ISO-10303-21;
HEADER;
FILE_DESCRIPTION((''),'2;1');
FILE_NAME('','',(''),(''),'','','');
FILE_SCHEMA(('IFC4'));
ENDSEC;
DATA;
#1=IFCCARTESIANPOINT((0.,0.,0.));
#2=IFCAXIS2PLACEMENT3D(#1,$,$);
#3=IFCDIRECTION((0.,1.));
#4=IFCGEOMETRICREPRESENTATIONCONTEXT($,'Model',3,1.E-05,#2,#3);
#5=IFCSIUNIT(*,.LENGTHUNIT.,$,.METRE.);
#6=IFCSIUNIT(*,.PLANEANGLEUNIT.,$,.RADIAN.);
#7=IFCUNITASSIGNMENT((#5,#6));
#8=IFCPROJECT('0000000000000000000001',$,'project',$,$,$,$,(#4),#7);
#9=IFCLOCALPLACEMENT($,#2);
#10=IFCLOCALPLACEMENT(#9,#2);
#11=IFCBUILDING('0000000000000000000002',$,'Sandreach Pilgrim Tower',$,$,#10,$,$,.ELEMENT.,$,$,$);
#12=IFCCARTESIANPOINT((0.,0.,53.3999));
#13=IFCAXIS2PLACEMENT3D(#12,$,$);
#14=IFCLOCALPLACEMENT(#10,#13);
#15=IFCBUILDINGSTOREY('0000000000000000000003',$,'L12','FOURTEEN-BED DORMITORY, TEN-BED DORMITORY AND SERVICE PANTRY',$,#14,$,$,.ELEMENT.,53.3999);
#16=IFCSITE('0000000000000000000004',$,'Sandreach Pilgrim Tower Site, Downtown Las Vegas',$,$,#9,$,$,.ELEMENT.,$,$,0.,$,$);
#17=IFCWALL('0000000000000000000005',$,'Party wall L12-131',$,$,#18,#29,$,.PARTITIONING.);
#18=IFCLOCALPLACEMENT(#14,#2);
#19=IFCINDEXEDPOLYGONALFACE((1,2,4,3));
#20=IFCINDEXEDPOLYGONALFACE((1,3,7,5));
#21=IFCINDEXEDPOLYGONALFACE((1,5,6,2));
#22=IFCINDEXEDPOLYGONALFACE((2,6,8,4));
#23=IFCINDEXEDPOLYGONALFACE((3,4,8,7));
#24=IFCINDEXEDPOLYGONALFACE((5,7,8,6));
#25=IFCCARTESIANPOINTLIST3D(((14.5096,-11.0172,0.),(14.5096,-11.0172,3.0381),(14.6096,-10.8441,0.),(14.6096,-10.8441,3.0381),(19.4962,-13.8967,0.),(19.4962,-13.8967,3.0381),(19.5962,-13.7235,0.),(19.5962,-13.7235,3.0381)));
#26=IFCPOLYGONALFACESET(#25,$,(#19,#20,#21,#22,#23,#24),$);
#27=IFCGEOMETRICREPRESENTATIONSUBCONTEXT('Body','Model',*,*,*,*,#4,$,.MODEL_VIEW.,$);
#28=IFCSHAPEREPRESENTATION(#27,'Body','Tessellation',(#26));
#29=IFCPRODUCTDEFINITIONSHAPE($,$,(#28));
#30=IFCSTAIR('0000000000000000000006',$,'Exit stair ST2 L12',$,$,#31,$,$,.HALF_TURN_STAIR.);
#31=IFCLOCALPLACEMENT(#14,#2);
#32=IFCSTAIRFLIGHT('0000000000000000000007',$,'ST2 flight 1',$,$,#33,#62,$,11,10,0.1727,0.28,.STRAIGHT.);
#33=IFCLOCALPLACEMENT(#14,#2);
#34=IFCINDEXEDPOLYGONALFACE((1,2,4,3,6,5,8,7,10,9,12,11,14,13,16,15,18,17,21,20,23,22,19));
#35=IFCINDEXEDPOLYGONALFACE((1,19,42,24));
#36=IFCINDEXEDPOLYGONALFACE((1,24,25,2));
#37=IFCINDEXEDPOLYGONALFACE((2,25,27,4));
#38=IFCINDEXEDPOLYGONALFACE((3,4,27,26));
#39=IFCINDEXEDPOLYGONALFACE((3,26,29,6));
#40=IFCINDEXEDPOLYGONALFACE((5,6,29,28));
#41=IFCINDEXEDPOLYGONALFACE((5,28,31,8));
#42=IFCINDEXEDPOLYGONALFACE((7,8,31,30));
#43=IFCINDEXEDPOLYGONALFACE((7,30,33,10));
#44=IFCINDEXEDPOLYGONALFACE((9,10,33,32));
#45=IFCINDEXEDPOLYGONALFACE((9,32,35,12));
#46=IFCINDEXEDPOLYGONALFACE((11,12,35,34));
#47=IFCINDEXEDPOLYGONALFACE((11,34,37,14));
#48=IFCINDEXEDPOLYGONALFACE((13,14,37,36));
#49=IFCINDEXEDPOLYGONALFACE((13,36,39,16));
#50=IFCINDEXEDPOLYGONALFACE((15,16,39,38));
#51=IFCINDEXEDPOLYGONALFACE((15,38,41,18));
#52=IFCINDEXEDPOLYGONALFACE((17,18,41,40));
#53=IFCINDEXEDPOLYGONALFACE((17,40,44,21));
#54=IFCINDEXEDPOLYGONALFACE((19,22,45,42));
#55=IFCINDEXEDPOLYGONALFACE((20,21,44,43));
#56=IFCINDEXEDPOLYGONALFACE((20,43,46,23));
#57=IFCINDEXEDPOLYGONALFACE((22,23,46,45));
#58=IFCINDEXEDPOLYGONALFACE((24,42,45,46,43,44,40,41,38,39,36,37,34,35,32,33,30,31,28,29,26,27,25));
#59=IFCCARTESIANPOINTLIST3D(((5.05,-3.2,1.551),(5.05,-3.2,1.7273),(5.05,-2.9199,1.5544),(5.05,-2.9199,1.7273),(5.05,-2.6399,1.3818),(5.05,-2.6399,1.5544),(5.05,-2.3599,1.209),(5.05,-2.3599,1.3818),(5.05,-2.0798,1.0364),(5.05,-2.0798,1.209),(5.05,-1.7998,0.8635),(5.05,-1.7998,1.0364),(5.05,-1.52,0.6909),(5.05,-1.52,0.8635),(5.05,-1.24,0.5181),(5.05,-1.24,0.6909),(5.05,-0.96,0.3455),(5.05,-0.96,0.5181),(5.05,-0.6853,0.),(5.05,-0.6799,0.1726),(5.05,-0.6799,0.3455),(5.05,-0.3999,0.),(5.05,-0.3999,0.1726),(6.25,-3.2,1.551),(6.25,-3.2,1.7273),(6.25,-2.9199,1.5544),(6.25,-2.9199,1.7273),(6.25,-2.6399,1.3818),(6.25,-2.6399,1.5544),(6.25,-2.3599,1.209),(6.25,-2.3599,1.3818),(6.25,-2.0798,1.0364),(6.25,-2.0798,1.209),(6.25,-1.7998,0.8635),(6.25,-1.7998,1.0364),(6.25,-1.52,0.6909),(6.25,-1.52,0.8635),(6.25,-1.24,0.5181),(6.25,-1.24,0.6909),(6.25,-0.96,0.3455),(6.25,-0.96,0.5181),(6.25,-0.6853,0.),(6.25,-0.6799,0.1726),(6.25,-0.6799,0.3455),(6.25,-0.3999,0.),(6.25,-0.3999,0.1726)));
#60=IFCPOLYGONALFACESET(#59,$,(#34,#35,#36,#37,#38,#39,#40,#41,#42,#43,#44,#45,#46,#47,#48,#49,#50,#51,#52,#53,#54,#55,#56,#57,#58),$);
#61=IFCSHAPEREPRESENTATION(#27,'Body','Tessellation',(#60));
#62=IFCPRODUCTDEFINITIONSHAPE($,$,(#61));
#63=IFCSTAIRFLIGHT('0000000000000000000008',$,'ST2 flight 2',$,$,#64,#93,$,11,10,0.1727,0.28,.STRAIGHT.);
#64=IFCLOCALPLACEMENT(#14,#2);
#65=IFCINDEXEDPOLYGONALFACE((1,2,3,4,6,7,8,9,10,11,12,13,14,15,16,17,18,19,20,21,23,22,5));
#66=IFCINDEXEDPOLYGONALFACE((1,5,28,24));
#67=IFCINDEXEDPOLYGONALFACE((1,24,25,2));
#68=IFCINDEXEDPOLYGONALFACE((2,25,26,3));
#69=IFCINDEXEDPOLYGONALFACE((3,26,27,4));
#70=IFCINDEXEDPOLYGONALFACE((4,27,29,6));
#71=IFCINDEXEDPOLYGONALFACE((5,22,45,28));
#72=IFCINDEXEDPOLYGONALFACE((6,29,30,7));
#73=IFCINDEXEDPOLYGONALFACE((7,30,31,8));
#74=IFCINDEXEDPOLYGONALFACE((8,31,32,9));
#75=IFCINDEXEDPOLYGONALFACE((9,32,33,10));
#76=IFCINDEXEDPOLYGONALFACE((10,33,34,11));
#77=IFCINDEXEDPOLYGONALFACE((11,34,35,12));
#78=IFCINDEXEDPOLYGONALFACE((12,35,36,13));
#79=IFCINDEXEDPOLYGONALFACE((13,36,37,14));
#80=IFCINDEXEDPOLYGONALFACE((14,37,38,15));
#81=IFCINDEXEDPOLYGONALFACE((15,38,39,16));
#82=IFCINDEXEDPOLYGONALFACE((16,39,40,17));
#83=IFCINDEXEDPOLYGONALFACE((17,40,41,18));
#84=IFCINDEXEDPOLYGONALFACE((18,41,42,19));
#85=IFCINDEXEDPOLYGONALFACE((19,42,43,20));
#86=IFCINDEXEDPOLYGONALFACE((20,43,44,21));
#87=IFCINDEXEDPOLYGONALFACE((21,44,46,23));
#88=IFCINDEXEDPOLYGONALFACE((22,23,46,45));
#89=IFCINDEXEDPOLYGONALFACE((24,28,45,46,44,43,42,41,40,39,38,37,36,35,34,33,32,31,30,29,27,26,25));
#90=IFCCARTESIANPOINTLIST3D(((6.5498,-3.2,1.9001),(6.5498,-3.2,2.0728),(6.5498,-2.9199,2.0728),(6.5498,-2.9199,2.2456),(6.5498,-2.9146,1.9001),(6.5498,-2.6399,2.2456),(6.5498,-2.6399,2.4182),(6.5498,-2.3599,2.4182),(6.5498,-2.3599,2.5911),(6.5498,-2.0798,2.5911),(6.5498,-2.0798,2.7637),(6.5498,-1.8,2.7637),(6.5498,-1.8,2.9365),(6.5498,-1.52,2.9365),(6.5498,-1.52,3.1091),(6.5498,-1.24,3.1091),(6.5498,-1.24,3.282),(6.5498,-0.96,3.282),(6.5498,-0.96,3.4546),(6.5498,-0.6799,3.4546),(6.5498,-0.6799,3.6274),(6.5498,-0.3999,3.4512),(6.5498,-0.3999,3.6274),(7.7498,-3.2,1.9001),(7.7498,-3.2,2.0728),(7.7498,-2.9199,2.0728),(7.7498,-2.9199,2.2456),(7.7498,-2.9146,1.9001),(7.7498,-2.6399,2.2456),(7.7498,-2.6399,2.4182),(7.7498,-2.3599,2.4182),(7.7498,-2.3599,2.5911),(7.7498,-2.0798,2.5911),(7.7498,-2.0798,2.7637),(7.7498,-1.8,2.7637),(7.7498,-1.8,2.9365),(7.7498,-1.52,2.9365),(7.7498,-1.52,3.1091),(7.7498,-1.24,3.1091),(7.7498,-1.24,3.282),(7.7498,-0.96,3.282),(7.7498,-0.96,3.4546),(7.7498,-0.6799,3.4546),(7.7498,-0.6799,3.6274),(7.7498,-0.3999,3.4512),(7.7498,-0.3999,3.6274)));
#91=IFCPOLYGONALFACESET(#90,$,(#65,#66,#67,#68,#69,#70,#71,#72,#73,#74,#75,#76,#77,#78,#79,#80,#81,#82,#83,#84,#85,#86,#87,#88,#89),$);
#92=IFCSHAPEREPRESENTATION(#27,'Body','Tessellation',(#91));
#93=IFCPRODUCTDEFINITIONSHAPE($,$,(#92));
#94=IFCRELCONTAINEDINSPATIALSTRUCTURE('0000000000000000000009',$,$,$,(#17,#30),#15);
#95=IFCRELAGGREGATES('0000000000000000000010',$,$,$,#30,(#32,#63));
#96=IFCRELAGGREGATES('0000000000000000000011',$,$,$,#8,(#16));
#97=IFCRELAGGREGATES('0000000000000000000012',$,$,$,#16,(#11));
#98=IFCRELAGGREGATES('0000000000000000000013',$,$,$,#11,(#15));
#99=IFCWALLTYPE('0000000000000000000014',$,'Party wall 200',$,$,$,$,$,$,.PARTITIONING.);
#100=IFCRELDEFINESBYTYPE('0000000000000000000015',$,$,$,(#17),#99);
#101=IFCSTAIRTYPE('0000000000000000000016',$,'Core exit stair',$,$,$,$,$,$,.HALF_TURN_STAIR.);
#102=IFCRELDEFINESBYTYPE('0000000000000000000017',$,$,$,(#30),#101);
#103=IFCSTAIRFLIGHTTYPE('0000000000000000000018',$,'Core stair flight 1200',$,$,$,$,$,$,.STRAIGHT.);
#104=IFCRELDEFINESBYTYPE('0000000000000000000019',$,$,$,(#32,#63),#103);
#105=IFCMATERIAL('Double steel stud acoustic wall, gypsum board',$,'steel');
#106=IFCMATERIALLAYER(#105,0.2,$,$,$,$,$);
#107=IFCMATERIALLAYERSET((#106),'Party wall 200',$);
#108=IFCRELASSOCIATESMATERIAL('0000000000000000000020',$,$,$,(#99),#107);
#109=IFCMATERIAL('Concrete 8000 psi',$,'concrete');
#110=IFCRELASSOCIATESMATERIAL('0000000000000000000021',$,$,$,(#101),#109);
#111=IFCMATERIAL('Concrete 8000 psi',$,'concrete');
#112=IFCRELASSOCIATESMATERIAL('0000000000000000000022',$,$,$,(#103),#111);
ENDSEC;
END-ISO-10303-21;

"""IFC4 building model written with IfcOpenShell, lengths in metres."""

from ifc_helpers import new_model, si_unit, direction, frame, frame_2d, origin, place, context, subcontext, project, spatial, polyline, rectangle, outline, extrude, material, layer, layer_set, type_object, element, aggregate, save


model = new_model("IFC4")

# Units and contexts
model_context = context("Model", 3, precision=1e-05, world=origin(), true_north=direction((0.0, 1.0)))
body_context = subcontext(model_context, "Body", "Model", "MODEL_VIEW")
ifc_project = project(units=[si_unit("LENGTHUNIT", "METRE"), si_unit("PLANEANGLEUNIT", "RADIAN")], contexts=[model_context])

# Site, building, storey
site_placement = place(None, origin())
site = spatial("IfcSite", under=ifc_project, at=site_placement, Name="Sandreach Pilgrim Tower Site, Downtown Las Vegas", CompositionType="ELEMENT", RefElevation=0.0)
building_placement = place(site_placement, origin())
building = spatial("IfcBuilding", under=site, at=building_placement, Name="Sandreach Pilgrim Tower", CompositionType="ELEMENT")
storey_placement = place(building_placement, frame((0.0, 0.0, 53.3999)))
storey = spatial("IfcBuildingStorey", under=building, at=storey_placement, Name="L12", Description="FOURTEEN-BED DORMITORY, TEN-BED DORMITORY AND SERVICE PANTRY", CompositionType="ELEMENT", Elevation=53.3999)

# Wall
ifc_material_1 = material(Name="Double steel stud acoustic wall, gypsum board", Category="steel")
ifc_layer_1 = layer(ifc_material_1, 0.2)
ifc_layer_set_1 = layer_set([ifc_layer_1], Name="Party wall 200")
wall_type_1 = type_object("IfcWallType", Name="Party wall 200", PredefinedType="PARTITIONING", material=ifc_layer_set_1)
wall_1_placement = place(storey_placement, frame((14.5596, -10.9307, 0.0), z_axis=(0.0, 0.0, 1.0), x_axis=(0.865996, -0.500052, 0.0)))
element("IfcWall", 1, at=wall_1_placement, inside=storey, type_object=wall_type_1, Name="Party wall L12-131", PredefinedType="PARTITIONING", context=body_context, shape_type="SweptSolid", body=[
    extrude(rectangle(XDim=5.7583, YDim=0.2, at=frame_2d((2.8792, 0.0))), origin(), (0.0, 0.0, 1.0), 3.0381),
])

# Stair, stair flights
ifc_material_2 = material(Name="Concrete 8000 psi", Category="concrete")
stair_type = type_object("IfcStairType", Name="Core exit stair", PredefinedType="HALF_TURN_STAIR", material=ifc_material_2)
stair_placement = place(storey_placement, origin())
stair = element("IfcStair", 2, at=stair_placement, inside=storey, type_object=stair_type, Name="Exit stair ST2 L12", PredefinedType="HALF_TURN_STAIR")
ifc_material_3 = material(Name="Concrete 8000 psi", Category="concrete")
stair_flight_type = type_object("IfcStairFlightType", Name="Core stair flight 1200", PredefinedType="STRAIGHT", material=ifc_material_3)
stair_flight_1_placement = place(storey_placement, frame((5.6499, -0.3999, 0.0), z_axis=(0.0, 0.0, 1.0), x_axis=(0.0, -1.0, 0.0)))
stair_flight_1 = element("IfcStairFlight", 3, at=stair_flight_1_placement, type_object=stair_flight_type, Name="ST2 flight 1", NumberOfRisers=11, NumberOfTreads=10, PredefinedType="STRAIGHT", RiserHeight=0.1727, TreadLength=0.28, context=body_context, shape_type="SweptSolid", body=[
    extrude(outline(polyline([(0.0, 0.0), (0.0, 0.1726), (0.28, 0.1726), (0.28, 0.3455), (0.5601, 0.3455), (0.5601, 0.5181), (0.8401, 0.5181), (0.8401, 0.6909), (1.1201, 0.6909), (1.1201, 0.8635), (1.3999, 0.8635), (1.3999, 1.0364), (1.6799, 1.0364), (1.6799, 1.209), (1.96, 1.209), (1.96, 1.3818), (2.24, 1.3818), (2.24, 1.5544), (2.52, 1.5544), (2.52, 1.7273), (2.8, 1.7273), (2.8, 1.8999), (2.8, 1.551), (0.2854, 0.0), (0.0, 0.0)])), frame((0.0, 0.6001, 0.0), z_axis=(0.0, -1.0, 0.0), x_axis=(1.0, 0.0, 0.0)), (0.0, 0.0, 1.0), 1.2),
])
stair_flight_2_placement = place(storey_placement, frame((7.1499, -3.2, 1.9001), z_axis=(0.0, 0.0, 1.0), x_axis=(0.0, 1.0, 0.0)))
stair_flight_2 = element("IfcStairFlight", 4, at=stair_flight_2_placement, type_object=stair_flight_type, Name="ST2 flight 2", NumberOfRisers=11, NumberOfTreads=10, PredefinedType="STRAIGHT", RiserHeight=0.1727, TreadLength=0.28, context=body_context, shape_type="SweptSolid", body=[
    extrude(outline(polyline([(0.0, 0.0), (0.0, 0.1726), (0.28, 0.1726), (0.28, 0.3455), (0.5601, 0.3455), (0.5601, 0.5181), (0.8401, 0.5181), (0.8401, 0.6909), (1.1201, 0.6909), (1.1201, 0.8635), (1.3999, 0.8635), (1.3999, 1.0364), (1.6799, 1.0364), (1.6799, 1.209), (1.96, 1.209), (1.96, 1.3818), (2.24, 1.3818), (2.24, 1.5544), (2.52, 1.5544), (2.52, 1.7273), (2.8, 1.7273), (2.8, 1.8999), (2.8, 1.551), (0.2854, 0.0), (0.0, 0.0)])), frame((0.0, 0.6001, 0.0), z_axis=(0.0, -1.0, 0.0), x_axis=(1.0, 0.0, 0.0)), (0.0, 0.0, 1.0), 1.2),
])
aggregate(stair, [stair_flight_1, stair_flight_2])

save(model, "model.ifc")
